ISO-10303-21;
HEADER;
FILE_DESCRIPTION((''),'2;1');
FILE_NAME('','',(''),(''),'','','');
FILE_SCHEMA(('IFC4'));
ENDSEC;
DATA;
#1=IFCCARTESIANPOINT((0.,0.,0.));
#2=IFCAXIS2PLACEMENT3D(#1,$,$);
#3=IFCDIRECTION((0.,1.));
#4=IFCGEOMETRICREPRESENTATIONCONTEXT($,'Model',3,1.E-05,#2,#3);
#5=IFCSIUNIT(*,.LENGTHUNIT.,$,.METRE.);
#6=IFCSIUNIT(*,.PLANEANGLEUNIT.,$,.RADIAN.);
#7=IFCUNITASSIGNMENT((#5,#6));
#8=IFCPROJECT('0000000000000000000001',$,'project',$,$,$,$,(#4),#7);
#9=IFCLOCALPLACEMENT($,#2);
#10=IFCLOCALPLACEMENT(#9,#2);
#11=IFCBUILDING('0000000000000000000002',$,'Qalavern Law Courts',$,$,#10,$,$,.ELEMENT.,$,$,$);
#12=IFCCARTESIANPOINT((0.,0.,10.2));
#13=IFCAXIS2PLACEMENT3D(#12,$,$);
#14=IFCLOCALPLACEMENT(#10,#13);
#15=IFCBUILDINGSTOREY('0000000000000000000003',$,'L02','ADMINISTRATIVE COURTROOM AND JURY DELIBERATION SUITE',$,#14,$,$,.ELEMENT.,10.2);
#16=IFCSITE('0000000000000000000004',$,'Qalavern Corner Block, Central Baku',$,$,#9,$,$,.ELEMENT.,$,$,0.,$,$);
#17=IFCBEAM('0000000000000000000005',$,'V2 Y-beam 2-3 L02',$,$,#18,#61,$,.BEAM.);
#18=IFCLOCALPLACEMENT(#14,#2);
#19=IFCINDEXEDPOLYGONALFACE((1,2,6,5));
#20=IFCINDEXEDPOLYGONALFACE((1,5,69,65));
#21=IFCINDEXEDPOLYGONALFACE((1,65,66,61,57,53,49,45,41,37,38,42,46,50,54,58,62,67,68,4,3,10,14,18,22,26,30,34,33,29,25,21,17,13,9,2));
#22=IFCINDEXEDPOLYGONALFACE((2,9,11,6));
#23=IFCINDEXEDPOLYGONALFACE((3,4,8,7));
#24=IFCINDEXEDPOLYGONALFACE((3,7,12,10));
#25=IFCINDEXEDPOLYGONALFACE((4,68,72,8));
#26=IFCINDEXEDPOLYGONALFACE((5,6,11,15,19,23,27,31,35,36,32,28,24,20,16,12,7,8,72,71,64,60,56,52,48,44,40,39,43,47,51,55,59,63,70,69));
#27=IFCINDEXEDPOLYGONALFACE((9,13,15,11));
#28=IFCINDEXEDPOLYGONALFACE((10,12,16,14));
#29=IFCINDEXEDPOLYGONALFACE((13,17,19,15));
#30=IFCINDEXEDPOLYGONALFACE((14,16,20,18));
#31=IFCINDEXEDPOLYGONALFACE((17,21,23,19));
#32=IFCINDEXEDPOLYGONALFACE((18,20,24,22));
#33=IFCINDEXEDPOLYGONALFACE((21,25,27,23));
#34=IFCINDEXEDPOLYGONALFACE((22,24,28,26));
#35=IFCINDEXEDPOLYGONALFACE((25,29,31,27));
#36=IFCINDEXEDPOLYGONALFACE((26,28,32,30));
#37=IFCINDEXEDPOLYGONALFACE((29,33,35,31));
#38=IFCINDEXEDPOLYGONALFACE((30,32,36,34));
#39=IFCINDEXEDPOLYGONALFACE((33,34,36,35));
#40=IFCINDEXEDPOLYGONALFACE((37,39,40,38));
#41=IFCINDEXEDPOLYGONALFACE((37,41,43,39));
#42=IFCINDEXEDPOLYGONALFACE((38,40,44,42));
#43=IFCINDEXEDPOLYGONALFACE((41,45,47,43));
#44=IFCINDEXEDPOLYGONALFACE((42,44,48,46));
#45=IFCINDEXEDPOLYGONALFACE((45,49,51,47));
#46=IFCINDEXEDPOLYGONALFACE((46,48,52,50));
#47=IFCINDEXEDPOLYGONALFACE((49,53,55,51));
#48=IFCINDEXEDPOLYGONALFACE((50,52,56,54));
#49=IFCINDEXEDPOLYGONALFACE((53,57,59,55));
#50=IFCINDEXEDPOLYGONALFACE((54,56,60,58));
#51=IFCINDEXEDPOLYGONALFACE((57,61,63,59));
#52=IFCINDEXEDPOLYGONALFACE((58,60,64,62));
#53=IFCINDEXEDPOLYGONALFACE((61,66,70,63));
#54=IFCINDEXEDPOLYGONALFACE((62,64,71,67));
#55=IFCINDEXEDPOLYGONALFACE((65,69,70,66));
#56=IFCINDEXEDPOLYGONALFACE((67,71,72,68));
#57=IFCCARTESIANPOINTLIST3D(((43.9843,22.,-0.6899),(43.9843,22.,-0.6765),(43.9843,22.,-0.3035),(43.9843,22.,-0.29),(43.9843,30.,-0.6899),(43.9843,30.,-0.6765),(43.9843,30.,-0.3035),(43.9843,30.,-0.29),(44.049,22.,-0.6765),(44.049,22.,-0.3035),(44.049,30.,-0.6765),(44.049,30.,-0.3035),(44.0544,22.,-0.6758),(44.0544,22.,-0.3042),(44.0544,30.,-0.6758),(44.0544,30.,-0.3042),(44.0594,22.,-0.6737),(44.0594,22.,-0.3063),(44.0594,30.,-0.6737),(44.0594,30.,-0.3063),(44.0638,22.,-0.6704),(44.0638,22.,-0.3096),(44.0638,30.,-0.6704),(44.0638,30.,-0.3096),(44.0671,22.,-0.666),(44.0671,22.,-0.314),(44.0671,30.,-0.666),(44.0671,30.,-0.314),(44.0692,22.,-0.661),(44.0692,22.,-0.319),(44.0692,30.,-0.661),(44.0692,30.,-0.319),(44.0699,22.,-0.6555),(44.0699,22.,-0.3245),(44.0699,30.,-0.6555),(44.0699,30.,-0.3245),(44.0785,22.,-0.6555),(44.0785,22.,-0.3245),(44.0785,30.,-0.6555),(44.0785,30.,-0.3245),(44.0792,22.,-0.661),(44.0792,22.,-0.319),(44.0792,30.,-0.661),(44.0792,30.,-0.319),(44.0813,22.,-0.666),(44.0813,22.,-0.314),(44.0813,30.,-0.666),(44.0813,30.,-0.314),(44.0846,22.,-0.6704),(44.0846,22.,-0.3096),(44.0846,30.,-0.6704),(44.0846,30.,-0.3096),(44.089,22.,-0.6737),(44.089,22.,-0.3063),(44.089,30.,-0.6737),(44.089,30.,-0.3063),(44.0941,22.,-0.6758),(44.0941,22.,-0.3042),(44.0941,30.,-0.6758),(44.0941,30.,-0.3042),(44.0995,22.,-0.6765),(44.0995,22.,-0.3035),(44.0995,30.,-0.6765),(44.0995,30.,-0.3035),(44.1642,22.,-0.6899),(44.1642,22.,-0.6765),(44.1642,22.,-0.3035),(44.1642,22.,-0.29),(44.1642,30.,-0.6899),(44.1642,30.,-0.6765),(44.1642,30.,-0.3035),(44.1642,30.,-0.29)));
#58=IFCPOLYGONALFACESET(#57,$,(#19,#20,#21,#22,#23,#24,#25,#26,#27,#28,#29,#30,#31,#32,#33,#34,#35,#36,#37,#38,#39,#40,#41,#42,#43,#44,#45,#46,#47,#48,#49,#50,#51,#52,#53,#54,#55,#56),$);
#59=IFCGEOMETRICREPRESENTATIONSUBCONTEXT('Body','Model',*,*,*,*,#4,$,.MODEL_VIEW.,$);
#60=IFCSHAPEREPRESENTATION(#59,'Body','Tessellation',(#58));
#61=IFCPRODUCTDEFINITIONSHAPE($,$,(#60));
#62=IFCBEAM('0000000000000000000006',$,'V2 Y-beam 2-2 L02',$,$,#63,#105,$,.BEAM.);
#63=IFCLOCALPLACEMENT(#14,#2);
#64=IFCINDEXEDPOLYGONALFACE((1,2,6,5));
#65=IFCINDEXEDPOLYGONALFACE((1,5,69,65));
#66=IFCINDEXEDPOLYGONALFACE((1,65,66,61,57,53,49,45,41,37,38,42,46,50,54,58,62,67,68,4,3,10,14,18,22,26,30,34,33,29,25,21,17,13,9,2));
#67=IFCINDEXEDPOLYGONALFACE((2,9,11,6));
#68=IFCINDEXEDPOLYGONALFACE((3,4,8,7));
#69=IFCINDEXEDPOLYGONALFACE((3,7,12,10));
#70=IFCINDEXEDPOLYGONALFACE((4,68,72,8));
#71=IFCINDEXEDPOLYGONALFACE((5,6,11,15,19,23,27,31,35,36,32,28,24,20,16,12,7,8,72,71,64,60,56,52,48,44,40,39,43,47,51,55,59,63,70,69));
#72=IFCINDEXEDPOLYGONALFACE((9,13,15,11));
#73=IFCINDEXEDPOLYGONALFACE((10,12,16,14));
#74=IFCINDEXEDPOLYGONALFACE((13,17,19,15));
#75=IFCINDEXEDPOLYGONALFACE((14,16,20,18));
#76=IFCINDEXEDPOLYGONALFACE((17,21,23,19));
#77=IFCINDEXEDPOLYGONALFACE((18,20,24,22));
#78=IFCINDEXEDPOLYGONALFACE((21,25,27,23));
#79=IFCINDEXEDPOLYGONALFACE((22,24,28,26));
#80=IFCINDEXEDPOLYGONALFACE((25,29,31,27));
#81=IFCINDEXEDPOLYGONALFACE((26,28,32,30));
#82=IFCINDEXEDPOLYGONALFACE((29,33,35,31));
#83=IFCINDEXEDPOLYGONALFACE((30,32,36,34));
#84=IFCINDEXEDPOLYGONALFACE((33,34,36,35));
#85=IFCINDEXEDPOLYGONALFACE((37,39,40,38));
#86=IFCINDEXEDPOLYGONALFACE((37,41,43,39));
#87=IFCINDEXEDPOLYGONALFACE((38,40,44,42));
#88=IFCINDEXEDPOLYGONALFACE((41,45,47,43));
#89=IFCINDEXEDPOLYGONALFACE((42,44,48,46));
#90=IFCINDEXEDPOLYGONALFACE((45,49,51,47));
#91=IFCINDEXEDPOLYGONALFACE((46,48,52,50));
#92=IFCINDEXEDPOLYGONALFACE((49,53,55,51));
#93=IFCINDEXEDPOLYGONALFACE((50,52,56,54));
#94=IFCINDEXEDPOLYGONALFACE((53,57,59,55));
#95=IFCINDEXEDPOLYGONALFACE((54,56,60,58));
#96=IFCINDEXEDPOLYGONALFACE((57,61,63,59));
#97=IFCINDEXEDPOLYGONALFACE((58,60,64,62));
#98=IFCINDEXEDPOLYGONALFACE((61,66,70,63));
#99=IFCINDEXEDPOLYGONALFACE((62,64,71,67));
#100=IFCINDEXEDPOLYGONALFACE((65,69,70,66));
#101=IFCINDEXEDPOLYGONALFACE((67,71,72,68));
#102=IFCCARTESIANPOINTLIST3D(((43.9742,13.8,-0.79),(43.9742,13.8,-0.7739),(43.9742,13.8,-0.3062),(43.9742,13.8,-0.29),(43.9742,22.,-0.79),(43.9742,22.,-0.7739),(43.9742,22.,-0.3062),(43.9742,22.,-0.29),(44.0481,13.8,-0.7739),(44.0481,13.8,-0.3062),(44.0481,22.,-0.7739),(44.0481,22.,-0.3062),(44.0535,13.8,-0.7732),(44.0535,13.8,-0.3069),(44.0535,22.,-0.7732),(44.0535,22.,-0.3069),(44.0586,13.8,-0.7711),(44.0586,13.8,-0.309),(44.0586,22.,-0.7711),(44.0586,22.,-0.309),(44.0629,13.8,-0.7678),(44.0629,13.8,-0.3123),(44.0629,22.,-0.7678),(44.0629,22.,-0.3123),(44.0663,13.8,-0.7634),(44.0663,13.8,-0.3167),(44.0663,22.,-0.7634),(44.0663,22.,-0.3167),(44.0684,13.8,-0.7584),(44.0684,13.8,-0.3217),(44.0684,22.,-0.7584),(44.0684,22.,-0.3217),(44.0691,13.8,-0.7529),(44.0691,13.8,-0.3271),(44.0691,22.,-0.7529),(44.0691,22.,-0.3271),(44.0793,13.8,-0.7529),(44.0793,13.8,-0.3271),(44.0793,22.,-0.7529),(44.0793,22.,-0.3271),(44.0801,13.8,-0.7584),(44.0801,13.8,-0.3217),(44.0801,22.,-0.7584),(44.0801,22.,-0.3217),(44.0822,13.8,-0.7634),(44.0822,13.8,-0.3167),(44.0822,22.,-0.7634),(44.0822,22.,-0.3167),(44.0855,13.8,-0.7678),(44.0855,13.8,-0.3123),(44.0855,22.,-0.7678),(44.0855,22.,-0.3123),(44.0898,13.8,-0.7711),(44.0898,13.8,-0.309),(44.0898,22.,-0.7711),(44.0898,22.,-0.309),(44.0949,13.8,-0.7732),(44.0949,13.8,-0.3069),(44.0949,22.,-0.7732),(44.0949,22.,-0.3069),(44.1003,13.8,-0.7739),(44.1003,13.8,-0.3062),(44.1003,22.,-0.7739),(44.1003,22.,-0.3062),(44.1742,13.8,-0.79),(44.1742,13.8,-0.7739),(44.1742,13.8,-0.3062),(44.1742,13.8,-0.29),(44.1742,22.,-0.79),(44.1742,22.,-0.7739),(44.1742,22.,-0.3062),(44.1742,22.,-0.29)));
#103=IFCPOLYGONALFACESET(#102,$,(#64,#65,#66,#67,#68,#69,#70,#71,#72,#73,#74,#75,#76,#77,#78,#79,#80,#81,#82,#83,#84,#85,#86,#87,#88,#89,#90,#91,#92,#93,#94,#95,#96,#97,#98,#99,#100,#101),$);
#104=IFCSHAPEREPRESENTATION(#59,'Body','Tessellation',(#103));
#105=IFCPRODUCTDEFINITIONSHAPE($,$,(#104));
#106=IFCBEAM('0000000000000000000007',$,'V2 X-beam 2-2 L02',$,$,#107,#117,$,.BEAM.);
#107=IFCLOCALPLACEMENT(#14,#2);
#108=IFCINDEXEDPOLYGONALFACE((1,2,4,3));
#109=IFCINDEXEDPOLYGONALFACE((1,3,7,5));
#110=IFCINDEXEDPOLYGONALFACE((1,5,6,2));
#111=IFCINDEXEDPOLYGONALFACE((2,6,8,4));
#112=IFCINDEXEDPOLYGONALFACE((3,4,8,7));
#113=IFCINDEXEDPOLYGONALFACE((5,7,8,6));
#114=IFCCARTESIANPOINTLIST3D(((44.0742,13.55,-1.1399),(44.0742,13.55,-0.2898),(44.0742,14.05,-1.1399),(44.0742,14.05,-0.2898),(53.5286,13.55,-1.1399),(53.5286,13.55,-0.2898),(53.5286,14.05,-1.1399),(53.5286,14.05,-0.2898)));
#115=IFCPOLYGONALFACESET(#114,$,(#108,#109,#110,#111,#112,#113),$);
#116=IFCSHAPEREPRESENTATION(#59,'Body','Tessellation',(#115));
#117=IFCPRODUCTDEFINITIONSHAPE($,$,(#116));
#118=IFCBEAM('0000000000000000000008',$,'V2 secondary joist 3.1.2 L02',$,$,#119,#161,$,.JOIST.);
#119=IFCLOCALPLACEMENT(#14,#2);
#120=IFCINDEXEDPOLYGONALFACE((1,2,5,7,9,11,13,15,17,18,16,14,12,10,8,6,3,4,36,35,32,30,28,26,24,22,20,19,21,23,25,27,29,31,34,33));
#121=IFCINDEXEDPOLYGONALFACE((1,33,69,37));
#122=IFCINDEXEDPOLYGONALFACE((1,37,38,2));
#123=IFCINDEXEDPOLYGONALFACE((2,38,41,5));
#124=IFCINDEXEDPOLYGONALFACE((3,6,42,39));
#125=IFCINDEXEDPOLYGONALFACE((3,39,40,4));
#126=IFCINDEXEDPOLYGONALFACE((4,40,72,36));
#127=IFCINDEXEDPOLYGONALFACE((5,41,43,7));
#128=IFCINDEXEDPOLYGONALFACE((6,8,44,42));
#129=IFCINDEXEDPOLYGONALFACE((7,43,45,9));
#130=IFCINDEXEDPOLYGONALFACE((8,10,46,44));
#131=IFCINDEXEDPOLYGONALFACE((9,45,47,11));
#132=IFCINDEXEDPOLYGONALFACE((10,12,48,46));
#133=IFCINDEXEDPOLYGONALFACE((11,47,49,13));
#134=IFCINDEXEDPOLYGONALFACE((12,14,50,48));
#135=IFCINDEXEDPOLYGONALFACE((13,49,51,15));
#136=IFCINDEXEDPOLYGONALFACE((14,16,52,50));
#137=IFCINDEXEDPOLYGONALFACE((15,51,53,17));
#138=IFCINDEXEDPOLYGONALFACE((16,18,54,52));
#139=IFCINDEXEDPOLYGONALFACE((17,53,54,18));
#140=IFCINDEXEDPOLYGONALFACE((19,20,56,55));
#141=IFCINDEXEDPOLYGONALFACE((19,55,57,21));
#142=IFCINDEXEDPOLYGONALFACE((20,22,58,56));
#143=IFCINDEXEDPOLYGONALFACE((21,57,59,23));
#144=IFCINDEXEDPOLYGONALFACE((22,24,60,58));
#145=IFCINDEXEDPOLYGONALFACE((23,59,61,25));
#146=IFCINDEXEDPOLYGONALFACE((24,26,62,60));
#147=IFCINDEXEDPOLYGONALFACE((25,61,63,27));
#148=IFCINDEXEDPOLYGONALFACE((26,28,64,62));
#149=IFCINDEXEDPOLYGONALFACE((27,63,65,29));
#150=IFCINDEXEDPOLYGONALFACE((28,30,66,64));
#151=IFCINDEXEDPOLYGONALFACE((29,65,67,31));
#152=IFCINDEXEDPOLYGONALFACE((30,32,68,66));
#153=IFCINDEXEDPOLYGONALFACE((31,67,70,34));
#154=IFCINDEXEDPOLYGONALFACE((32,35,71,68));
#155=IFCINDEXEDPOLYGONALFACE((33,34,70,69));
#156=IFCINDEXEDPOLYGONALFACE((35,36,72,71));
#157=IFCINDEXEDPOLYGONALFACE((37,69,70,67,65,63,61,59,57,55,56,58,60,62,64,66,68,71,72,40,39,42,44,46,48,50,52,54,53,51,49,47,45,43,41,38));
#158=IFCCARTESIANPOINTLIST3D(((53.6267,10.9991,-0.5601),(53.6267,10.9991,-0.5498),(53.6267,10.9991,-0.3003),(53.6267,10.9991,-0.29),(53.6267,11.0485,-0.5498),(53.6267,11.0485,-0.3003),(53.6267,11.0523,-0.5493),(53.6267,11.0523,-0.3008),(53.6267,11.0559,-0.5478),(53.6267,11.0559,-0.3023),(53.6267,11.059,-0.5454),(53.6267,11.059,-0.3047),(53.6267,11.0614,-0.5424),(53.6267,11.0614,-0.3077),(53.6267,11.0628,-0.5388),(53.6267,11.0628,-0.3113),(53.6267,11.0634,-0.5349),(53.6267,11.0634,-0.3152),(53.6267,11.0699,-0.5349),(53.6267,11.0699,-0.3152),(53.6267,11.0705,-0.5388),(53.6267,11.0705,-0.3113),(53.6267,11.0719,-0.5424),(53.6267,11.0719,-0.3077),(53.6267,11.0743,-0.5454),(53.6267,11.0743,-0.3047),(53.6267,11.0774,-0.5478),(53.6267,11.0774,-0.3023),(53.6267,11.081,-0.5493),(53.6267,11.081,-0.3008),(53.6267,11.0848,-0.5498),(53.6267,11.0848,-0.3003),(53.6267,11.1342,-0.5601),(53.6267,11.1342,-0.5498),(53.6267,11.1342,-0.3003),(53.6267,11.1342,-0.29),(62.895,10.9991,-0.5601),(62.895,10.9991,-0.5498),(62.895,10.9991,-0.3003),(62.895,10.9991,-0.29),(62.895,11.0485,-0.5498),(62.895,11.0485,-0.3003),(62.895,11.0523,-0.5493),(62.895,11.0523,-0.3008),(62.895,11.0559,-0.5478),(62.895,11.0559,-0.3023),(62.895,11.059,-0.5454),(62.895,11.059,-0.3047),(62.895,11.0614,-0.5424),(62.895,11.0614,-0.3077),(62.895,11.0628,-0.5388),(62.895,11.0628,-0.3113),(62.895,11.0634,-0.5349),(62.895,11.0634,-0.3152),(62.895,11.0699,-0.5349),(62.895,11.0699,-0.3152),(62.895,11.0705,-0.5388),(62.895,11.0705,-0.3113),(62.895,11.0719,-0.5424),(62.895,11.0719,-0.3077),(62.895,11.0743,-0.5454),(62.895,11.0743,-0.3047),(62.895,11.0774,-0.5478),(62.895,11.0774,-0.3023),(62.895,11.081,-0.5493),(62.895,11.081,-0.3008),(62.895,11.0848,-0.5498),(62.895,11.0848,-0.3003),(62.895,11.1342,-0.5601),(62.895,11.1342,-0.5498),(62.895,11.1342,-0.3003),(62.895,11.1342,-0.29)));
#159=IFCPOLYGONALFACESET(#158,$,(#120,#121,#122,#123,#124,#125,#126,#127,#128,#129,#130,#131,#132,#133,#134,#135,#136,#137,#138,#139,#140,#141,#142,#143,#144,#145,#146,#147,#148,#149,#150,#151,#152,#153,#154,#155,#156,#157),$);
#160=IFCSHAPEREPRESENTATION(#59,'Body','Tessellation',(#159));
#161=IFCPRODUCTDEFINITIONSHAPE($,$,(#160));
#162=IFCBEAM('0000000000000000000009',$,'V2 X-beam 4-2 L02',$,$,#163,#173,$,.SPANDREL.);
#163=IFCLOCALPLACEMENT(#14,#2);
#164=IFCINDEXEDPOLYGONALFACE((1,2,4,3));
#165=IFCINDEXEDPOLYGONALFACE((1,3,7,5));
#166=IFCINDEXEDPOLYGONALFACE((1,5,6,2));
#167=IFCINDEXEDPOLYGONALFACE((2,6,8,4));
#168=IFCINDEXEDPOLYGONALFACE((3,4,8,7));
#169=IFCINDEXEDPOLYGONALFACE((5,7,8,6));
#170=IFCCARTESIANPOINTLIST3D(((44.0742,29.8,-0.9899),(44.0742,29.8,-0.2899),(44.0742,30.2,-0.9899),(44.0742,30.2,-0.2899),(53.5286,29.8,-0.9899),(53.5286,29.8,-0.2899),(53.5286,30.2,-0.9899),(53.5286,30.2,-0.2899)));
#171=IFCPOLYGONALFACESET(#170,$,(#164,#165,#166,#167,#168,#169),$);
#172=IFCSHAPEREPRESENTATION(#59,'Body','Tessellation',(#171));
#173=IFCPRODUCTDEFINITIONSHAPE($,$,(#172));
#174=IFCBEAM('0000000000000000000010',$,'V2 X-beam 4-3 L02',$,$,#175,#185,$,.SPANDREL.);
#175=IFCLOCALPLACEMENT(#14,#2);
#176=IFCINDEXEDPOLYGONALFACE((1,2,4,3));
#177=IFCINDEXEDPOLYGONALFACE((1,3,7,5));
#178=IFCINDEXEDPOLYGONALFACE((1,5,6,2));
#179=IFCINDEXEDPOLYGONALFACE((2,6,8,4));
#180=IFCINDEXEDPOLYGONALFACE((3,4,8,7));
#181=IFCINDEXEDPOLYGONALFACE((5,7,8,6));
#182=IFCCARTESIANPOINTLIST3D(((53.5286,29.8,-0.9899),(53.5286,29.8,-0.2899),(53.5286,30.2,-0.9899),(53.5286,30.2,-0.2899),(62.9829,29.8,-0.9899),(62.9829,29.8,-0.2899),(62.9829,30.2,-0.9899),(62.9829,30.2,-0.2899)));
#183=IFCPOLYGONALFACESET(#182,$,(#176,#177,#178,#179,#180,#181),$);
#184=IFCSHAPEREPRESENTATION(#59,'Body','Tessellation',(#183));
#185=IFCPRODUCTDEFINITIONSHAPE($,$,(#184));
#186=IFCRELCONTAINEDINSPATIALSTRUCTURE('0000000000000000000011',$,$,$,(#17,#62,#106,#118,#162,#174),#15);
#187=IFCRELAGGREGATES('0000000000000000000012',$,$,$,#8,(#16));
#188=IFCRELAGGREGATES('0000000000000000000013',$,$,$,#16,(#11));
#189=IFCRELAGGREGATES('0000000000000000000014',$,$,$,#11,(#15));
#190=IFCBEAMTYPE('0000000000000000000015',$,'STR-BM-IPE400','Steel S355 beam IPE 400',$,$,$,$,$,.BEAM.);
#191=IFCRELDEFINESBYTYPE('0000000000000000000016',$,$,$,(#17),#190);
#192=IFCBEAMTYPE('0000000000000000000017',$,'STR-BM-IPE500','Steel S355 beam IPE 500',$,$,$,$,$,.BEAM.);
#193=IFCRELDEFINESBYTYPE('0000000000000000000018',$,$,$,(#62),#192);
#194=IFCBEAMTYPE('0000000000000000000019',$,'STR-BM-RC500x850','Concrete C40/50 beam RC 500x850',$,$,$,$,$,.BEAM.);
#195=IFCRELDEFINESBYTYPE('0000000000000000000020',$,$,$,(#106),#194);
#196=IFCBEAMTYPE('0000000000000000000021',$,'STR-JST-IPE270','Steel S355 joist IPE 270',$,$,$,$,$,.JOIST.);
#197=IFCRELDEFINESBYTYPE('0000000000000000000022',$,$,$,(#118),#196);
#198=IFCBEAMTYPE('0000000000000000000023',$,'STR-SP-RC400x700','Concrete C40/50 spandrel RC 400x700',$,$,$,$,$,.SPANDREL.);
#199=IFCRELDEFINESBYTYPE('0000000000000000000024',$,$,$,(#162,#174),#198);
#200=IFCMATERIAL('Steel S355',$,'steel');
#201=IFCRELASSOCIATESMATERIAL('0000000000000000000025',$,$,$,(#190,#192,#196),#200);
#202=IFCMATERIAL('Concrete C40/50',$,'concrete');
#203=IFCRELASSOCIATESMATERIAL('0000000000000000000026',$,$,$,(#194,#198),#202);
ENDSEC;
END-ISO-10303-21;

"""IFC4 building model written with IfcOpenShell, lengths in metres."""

from ifc_helpers import new_model, si_unit, direction, frame, origin, origin_2d, place, context, subcontext, project, spatial, rectangle, i_section, extrude, material, material_profile, profile_set, type_object, element, save


model = new_model("IFC4")

# Units and contexts
model_context = context("Model", 3, precision=1e-05, world=origin(), true_north=direction((0.0, 1.0)))
body_context = subcontext(model_context, "Body", "Model", "MODEL_VIEW")
ifc_project = project(units=[si_unit("LENGTHUNIT", "METRE"), si_unit("PLANEANGLEUNIT", "RADIAN")], contexts=[model_context])

# Site, building, storey
site_placement = place(None, origin())
site = spatial("IfcSite", under=ifc_project, at=site_placement, Name="Qalavern Corner Block, Central Baku", CompositionType="ELEMENT", RefElevation=0.0)
building_placement = place(site_placement, origin())
building = spatial("IfcBuilding", under=site, at=building_placement, Name="Qalavern Law Courts", CompositionType="ELEMENT")
storey_placement = place(building_placement, frame((0.0, 0.0, 10.2)))
storey = spatial("IfcBuildingStorey", under=building, at=storey_placement, Name="L02", Description="ADMINISTRATIVE COURTROOM AND JURY DELIBERATION SUITE", CompositionType="ELEMENT", Elevation=10.2)

# Beams
ifc_material_1 = material(Name="Steel S355", Category="steel")
ifc_material_profile_1 = material_profile(ifc_material_1, i_section(OverallWidth=0.1799, OverallDepth=0.3999, WebThickness=0.0085, FlangeThickness=0.0134, FilletRadius=0.021, at=origin_2d()), Name="IPE 400")
ifc_profile_set_1 = profile_set([ifc_material_profile_1], Name="Steel S355")
beam_type_1 = type_object("IfcBeamType", Name="STR-BM-IPE400", Description="Steel S355 beam IPE 400", PredefinedType="BEAM", material=ifc_profile_set_1)
beam_1_placement = place(storey_placement, frame((44.0742, 22.0, -0.49), z_axis=(0.0, 1.0, 0.0), x_axis=(-1.0, 0.0, 0.0)))
element("IfcBeam", 1, at=beam_1_placement, inside=storey, type_object=beam_type_1, Name="V2 Y-beam 2-3 L02", PredefinedType="BEAM", context=body_context, shape_type="SweptSolid", body=[
    extrude(i_section(OverallWidth=0.1799, OverallDepth=0.3999, WebThickness=0.0085, FlangeThickness=0.0134, FilletRadius=0.021, at=origin_2d()), origin(), (0.0, 0.0, 1.0), 8.0),
])
ifc_material_profile_2 = material_profile(ifc_material_1, i_section(OverallWidth=0.2, OverallDepth=0.5, WebThickness=0.0103, FlangeThickness=0.0161, FilletRadius=0.021, at=origin_2d()), Name="IPE 500")
ifc_profile_set_2 = profile_set([ifc_material_profile_2], Name="Steel S355")
beam_type_2 = type_object("IfcBeamType", Name="STR-BM-IPE500", Description="Steel S355 beam IPE 500", PredefinedType="BEAM", material=ifc_profile_set_2)
beam_2_placement = place(storey_placement, frame((44.0742, 13.8, -0.54), z_axis=(0.0, 1.0, 0.0), x_axis=(-1.0, 0.0, 0.0)))
element("IfcBeam", 2, at=beam_2_placement, inside=storey, type_object=beam_type_2, Name="V2 Y-beam 2-2 L02", PredefinedType="BEAM", context=body_context, shape_type="SweptSolid", body=[
    extrude(i_section(OverallWidth=0.2, OverallDepth=0.5, WebThickness=0.0103, FlangeThickness=0.0161, FilletRadius=0.021, at=origin_2d()), origin(), (0.0, 0.0, 1.0), 8.2),
])
ifc_material_2 = material(Name="Concrete C40/50", Category="concrete")
ifc_material_profile_3 = material_profile(ifc_material_2, rectangle(XDim=0.5, YDim=0.8501, at=origin_2d()), Name="RC 500x850")
ifc_profile_set_3 = profile_set([ifc_material_profile_3], Name="Concrete C40/50")
beam_type_3 = type_object("IfcBeamType", Name="STR-BM-RC500x850", Description="Concrete C40/50 beam RC 500x850", PredefinedType="BEAM", material=ifc_profile_set_3)
beam_3_placement = place(storey_placement, frame((44.0742, 13.8, -0.7148), z_axis=(1.0, 0.0, 0.0), x_axis=(0.0, 1.0, 0.0)))
element("IfcBeam", 3, at=beam_3_placement, inside=storey, type_object=beam_type_3, Name="V2 X-beam 2-2 L02", PredefinedType="BEAM", context=body_context, shape_type="SweptSolid", body=[
    extrude(rectangle(XDim=0.5, YDim=0.8501, at=origin_2d()), origin(), (0.0, 0.0, 1.0), 9.4543),
])
ifc_material_profile_4 = material_profile(ifc_material_1, i_section(OverallWidth=0.135, OverallDepth=0.27, WebThickness=0.0066, FlangeThickness=0.0103, FilletRadius=0.0149, at=origin_2d()), Name="IPE 270")
ifc_profile_set_4 = profile_set([ifc_material_profile_4], Name="Steel S355")
beam_type_4 = type_object("IfcBeamType", Name="STR-JST-IPE270", Description="Steel S355 joist IPE 270", PredefinedType="JOIST", material=ifc_profile_set_4)
beam_4_placement = place(storey_placement, frame((53.6267, 11.0667, -0.425), z_axis=(1.0, 0.0, 0.0), x_axis=(0.0, 1.0, 0.0)))
element("IfcBeam", 4, at=beam_4_placement, inside=storey, type_object=beam_type_4, Name="V2 secondary joist 3.1.2 L02", PredefinedType="JOIST", context=body_context, shape_type="SweptSolid", body=[
    extrude(i_section(OverallWidth=0.135, OverallDepth=0.27, WebThickness=0.0066, FlangeThickness=0.0103, FilletRadius=0.0149, at=origin_2d()), origin(), (0.0, 0.0, 1.0), 9.2683),
])
ifc_material_profile_5 = material_profile(ifc_material_2, rectangle(XDim=0.3999, YDim=0.7, at=origin_2d()), Name="RC 400x700")
ifc_profile_set_5 = profile_set([ifc_material_profile_5], Name="Concrete C40/50")
beam_type_5 = type_object("IfcBeamType", Name="STR-SP-RC400x700", Description="Concrete C40/50 spandrel RC 400x700", PredefinedType="SPANDREL", material=ifc_profile_set_5)
for number, where, z_axis, x_axis, name in (
    (5, (44.0742, 30.0, -0.6399), (1.0, 0.0, 0.0), (0.0, 1.0, 0.0), "V2 X-beam 4-2 L02"),
    (6, (53.5286, 30.0, -0.6399), (1.0, 0.0, 0.0), (0.0, 1.0, 0.0), "V2 X-beam 4-3 L02"),
):
    element("IfcBeam", number, at=place(storey_placement, frame(where, z_axis=z_axis, x_axis=x_axis)), inside=storey, type_object=beam_type_5, Name=name, PredefinedType="SPANDREL", context=body_context, shape_type="SweptSolid", body=[
        extrude(rectangle(XDim=0.3999, YDim=0.7, at=origin_2d()), origin(), (0.0, 0.0, 1.0), 9.4543),
    ])

save(model, "model.ifc")
